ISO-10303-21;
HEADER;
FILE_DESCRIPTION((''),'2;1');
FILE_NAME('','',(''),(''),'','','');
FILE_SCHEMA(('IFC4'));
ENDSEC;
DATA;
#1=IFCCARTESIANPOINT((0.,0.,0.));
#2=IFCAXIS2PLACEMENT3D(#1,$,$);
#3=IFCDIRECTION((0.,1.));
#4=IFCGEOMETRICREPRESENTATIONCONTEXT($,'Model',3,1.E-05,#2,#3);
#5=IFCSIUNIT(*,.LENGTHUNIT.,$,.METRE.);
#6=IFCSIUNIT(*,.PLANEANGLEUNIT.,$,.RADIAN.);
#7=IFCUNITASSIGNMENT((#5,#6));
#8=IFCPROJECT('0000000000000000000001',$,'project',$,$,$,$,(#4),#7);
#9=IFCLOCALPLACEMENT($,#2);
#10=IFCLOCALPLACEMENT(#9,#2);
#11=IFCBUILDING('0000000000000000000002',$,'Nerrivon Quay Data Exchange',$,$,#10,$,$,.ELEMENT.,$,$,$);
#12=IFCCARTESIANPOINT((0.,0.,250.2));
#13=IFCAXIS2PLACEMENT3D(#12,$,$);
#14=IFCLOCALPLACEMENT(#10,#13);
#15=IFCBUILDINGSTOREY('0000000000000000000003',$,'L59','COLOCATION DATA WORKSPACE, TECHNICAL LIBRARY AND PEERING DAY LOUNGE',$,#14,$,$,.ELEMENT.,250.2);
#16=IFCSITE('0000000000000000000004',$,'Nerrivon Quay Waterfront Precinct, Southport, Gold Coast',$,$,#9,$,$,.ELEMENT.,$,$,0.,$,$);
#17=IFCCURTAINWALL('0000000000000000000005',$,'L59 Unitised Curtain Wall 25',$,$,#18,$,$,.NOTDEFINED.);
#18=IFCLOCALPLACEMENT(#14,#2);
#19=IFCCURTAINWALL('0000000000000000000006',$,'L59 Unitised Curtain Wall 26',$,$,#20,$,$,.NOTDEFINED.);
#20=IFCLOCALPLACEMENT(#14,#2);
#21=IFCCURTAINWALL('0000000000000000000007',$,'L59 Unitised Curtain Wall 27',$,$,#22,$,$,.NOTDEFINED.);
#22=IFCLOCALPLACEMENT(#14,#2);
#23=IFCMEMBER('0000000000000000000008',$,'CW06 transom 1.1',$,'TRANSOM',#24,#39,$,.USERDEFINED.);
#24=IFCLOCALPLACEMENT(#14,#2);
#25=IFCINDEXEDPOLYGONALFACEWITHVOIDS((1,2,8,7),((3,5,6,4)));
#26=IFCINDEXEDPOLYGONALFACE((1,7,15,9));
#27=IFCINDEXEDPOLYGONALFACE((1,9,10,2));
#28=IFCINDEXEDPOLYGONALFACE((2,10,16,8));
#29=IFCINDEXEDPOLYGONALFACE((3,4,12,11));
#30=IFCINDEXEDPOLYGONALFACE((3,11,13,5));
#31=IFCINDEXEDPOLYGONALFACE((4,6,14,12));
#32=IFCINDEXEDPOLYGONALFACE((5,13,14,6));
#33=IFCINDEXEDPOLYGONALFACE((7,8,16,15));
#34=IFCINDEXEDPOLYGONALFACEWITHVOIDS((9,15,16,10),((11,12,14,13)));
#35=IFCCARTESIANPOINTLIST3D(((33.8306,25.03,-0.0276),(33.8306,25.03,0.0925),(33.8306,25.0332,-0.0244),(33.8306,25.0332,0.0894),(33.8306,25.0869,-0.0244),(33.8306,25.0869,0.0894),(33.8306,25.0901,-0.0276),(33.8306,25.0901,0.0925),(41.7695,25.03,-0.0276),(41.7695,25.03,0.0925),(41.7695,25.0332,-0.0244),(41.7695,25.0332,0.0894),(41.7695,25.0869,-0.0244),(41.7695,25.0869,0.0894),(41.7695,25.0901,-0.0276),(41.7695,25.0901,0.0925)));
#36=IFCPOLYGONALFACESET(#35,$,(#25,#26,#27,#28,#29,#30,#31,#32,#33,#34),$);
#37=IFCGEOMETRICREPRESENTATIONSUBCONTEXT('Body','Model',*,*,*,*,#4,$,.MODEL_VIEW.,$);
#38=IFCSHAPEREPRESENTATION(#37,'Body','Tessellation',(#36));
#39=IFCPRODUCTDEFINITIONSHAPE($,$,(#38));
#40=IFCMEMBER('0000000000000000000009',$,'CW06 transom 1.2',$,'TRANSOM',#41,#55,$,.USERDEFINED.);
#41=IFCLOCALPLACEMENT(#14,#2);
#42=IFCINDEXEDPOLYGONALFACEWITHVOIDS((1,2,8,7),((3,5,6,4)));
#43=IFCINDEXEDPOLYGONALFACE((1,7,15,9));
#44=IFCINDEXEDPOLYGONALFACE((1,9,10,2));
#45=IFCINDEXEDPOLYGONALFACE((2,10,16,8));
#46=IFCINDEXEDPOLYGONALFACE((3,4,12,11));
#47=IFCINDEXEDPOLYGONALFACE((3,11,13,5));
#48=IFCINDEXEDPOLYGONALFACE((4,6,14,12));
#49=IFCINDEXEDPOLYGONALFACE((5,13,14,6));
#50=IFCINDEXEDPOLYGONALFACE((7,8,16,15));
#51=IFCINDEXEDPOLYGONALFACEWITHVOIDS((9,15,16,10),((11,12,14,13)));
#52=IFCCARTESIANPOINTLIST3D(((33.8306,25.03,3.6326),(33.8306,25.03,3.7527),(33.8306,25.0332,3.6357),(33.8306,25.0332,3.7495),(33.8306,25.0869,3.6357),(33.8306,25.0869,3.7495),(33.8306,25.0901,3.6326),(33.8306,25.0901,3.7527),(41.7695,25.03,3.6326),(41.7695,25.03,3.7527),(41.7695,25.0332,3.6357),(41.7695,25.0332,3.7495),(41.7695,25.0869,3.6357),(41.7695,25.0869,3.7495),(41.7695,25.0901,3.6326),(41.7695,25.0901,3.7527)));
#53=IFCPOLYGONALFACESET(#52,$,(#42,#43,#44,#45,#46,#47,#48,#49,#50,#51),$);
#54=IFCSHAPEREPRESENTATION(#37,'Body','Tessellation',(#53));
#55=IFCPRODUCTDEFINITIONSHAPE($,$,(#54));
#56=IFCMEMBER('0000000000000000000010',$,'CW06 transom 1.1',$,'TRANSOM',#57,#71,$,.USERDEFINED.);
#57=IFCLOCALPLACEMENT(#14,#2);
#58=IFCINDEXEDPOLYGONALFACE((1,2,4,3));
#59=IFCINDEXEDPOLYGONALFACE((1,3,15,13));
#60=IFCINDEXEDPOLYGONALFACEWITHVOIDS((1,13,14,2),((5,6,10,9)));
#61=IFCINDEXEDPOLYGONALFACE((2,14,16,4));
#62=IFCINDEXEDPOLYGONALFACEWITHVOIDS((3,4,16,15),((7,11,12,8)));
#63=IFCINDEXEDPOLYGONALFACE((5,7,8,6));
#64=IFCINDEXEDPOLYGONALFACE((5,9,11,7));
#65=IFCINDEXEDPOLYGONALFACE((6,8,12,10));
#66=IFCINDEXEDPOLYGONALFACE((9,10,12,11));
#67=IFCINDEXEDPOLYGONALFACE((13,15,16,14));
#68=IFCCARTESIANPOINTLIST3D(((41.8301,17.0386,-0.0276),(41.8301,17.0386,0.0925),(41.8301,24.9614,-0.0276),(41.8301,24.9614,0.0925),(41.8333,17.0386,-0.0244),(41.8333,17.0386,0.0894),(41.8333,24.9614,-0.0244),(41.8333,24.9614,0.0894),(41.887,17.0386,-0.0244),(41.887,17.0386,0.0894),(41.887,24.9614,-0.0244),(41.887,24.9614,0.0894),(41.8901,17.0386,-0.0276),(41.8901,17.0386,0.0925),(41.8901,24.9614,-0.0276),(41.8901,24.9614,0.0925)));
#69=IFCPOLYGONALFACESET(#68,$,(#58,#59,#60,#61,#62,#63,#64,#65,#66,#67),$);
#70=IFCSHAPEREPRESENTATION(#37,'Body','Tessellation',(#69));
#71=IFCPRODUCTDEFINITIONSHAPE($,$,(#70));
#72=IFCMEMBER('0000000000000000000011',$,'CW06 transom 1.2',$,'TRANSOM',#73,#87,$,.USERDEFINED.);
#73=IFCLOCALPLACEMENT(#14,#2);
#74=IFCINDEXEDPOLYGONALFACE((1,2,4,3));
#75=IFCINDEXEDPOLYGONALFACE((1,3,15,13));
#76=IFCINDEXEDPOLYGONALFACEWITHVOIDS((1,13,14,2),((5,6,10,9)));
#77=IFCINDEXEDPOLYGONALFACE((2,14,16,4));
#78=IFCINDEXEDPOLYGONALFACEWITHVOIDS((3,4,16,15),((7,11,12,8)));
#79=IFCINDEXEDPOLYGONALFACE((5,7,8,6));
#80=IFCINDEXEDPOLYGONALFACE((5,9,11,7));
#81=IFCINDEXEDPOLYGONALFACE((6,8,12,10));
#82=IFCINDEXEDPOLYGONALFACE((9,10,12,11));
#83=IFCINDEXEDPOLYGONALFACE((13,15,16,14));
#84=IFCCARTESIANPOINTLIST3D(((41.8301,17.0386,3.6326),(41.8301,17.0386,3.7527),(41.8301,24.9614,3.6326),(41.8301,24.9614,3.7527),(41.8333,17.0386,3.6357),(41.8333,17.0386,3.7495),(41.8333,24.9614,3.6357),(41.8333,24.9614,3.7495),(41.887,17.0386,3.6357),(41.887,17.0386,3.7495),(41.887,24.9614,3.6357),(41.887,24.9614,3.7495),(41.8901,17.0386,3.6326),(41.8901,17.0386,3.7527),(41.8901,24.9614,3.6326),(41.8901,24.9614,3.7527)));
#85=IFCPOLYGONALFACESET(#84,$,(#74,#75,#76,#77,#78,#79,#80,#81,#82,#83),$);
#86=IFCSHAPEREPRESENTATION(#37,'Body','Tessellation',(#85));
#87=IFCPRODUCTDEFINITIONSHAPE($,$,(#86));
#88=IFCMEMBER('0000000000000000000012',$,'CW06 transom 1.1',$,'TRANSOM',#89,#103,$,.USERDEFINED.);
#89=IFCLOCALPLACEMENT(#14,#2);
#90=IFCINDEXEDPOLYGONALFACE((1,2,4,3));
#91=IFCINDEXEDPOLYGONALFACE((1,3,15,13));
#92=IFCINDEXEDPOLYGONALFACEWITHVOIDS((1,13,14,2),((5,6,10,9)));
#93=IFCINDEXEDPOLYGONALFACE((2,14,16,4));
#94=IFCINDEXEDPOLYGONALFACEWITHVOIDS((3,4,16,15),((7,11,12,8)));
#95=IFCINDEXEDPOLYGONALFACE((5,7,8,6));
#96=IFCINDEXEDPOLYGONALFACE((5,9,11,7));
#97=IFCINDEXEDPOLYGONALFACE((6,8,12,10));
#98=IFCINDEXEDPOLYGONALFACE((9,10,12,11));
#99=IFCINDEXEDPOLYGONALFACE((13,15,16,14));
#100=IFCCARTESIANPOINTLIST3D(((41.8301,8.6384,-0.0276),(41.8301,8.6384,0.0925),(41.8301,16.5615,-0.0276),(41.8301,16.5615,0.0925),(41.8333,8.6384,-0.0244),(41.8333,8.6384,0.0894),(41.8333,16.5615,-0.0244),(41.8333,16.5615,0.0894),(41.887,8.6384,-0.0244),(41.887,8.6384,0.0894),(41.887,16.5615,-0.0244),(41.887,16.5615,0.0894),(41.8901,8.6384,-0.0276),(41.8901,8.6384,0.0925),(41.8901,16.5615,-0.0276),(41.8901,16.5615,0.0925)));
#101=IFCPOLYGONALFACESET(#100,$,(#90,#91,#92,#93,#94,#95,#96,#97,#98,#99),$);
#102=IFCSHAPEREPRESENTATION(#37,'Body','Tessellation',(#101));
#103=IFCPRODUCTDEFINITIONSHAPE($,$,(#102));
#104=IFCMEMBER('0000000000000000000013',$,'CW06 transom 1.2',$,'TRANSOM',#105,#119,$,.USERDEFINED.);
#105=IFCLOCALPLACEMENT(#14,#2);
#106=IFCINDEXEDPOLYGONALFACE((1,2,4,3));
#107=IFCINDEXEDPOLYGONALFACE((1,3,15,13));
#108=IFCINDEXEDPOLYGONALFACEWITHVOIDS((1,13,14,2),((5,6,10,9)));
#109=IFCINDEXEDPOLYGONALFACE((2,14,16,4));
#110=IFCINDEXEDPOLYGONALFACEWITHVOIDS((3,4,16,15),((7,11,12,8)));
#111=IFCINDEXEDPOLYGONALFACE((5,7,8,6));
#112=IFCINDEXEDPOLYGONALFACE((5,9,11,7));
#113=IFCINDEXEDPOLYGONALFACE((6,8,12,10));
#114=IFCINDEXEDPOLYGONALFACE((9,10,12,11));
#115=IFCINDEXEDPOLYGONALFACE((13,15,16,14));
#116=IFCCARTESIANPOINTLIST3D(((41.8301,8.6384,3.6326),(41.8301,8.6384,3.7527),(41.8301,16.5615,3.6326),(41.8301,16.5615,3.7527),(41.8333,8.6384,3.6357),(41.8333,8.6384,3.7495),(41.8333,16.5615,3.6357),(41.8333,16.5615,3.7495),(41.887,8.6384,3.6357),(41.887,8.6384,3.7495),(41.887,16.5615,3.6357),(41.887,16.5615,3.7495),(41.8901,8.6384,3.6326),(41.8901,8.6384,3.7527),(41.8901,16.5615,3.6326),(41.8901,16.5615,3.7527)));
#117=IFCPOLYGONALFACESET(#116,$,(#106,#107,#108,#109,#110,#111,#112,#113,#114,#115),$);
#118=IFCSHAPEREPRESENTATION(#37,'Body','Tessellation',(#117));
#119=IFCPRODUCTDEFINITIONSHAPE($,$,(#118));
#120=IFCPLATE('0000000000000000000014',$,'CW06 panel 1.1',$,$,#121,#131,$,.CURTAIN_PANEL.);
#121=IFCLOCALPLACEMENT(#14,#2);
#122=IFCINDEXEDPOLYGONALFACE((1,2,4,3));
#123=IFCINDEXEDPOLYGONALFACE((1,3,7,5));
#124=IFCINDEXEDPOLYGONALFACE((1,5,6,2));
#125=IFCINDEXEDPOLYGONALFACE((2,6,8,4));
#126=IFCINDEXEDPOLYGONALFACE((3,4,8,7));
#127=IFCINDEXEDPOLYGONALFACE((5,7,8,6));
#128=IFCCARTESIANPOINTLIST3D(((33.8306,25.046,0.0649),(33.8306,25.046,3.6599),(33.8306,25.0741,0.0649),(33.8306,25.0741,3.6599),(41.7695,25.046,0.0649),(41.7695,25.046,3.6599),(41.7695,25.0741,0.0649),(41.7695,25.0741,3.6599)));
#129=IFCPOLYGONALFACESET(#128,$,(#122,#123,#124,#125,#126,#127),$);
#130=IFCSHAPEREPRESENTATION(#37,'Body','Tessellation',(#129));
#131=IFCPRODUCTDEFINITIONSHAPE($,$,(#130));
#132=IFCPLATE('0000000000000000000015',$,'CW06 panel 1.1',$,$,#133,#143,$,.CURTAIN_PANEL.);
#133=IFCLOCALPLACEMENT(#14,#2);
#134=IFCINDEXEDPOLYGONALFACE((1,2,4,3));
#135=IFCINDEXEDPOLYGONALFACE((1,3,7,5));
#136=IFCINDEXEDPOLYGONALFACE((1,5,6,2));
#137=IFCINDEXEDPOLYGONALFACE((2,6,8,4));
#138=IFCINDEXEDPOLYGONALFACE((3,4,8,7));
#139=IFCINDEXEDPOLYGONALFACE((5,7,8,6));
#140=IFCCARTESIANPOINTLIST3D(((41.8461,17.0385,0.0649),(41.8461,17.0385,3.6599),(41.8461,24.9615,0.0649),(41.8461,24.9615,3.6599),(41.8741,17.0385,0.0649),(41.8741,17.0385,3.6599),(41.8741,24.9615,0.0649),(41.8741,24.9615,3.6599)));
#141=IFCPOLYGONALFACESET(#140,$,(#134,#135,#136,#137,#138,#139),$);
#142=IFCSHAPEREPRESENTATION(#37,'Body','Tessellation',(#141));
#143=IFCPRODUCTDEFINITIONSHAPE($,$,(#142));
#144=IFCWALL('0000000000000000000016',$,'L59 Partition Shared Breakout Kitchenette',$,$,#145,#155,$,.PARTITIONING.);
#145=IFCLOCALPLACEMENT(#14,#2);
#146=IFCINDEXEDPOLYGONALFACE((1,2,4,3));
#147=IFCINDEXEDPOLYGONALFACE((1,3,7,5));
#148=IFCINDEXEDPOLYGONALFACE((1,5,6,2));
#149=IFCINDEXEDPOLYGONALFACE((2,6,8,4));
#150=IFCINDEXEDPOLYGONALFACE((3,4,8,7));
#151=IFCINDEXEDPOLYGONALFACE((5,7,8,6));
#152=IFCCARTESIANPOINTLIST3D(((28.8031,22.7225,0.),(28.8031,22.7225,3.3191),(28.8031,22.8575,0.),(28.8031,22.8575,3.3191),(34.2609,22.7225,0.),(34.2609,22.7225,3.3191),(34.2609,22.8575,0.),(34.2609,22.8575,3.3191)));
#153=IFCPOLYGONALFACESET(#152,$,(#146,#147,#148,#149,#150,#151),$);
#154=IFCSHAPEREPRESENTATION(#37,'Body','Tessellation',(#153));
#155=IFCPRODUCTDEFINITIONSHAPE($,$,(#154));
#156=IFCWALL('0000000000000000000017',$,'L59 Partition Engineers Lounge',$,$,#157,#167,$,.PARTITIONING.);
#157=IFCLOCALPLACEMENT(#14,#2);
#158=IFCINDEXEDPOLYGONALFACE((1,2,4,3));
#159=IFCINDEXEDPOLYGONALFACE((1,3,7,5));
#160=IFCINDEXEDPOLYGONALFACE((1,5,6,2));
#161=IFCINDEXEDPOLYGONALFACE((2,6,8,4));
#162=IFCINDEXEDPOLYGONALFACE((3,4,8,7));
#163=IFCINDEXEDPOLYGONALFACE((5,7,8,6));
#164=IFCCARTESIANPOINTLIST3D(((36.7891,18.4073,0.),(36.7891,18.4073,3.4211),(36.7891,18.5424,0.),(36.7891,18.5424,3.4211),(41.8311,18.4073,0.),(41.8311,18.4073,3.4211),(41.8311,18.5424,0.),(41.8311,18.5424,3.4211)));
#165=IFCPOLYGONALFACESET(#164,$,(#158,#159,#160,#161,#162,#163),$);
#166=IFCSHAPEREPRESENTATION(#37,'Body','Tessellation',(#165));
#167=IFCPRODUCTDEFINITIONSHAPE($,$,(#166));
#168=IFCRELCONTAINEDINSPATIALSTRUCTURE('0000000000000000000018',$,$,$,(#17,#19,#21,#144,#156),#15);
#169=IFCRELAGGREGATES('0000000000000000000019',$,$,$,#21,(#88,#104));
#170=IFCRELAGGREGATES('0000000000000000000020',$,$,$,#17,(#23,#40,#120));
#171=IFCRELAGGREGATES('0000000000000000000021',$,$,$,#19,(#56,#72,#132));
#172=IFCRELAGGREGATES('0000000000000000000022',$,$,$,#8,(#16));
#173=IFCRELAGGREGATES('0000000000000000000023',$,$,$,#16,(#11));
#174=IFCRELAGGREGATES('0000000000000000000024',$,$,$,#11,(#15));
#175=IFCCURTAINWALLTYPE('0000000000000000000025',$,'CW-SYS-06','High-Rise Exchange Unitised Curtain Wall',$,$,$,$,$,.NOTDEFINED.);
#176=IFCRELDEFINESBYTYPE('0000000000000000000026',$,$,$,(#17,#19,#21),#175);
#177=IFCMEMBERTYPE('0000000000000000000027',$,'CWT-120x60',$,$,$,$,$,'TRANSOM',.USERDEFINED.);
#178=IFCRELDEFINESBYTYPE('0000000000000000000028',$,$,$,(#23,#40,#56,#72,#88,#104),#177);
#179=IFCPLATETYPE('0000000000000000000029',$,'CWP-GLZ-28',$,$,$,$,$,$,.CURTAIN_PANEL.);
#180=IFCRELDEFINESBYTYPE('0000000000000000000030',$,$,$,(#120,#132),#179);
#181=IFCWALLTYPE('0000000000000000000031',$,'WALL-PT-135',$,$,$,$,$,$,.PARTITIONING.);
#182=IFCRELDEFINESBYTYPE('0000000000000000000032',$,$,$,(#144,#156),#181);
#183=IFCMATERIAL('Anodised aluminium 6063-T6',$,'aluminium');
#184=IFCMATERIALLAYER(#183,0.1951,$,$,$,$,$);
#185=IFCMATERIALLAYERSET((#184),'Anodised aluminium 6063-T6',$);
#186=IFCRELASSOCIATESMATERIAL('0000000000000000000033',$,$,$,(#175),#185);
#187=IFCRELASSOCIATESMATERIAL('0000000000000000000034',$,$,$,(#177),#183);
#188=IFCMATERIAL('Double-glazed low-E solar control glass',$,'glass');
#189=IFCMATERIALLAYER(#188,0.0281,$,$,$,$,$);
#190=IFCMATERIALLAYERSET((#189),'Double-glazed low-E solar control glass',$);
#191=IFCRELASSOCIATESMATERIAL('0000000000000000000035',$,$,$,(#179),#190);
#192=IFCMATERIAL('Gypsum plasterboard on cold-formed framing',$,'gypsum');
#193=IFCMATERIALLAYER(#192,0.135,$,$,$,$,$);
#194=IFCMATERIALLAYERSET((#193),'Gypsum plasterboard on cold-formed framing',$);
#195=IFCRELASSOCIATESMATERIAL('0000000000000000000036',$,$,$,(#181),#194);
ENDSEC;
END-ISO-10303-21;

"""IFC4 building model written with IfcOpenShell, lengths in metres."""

from ifc_helpers import new_model, si_unit, direction, frame, frame_2d, origin, origin_2d, place, context, subcontext, project, spatial, rectangle, hollow_rectangle, extrude, material, layer, layer_set, material_profile, profile_set, type_object, element, aggregate, save


model = new_model("IFC4")

# Units and contexts
model_context = context("Model", 3, precision=1e-05, world=origin(), true_north=direction((0.0, 1.0)))
body_context = subcontext(model_context, "Body", "Model", "MODEL_VIEW")
ifc_project = project(units=[si_unit("LENGTHUNIT", "METRE"), si_unit("PLANEANGLEUNIT", "RADIAN")], contexts=[model_context])

# Site, building, storey
site_placement = place(None, origin())
site = spatial("IfcSite", under=ifc_project, at=site_placement, Name="Nerrivon Quay Waterfront Precinct, Southport, Gold Coast", CompositionType="ELEMENT", RefElevation=0.0)
building_placement = place(site_placement, origin())
building = spatial("IfcBuilding", under=site, at=building_placement, Name="Nerrivon Quay Data Exchange", CompositionType="ELEMENT")
storey_placement = place(building_placement, frame((0.0, 0.0, 250.2)))
storey = spatial("IfcBuildingStorey", under=building, at=storey_placement, Name="L59", Description="COLOCATION DATA WORKSPACE, TECHNICAL LIBRARY AND PEERING DAY LOUNGE", CompositionType="ELEMENT", Elevation=250.2)

# Curtain wall
ifc_material_1 = material(Name="Anodised aluminium 6063-T6", Category="aluminium")
ifc_layer_1 = layer(ifc_material_1, 0.1951)
ifc_layer_set_1 = layer_set([ifc_layer_1], Name="Anodised aluminium 6063-T6")
curtain_wall_type = type_object("IfcCurtainWallType", Name="CW-SYS-06", Description="High-Rise Exchange Unitised Curtain Wall", PredefinedType="NOTDEFINED", material=ifc_layer_set_1)
curtain_wall_1_placement = place(storey_placement, origin())
curtain_wall_1 = element("IfcCurtainWall", 1, at=curtain_wall_1_placement, inside=storey, type_object=curtain_wall_type, Name="L59 Unitised Curtain Wall 25", PredefinedType="NOTDEFINED")

# Curtain wall
curtain_wall_2_placement = place(storey_placement, origin())
curtain_wall_2 = element("IfcCurtainWall", 2, at=curtain_wall_2_placement, inside=storey, type_object=curtain_wall_type, Name="L59 Unitised Curtain Wall 26", PredefinedType="NOTDEFINED")

# Curtain wall
curtain_wall_3_placement = place(storey_placement, origin())
curtain_wall_3 = element("IfcCurtainWall", 3, at=curtain_wall_3_placement, inside=storey, type_object=curtain_wall_type, Name="L59 Unitised Curtain Wall 27", PredefinedType="NOTDEFINED")

# Members
ifc_material_profile_1 = material_profile(ifc_material_1, hollow_rectangle(XDim=0.0601, YDim=0.1201, WallThickness=0.0032, at=origin_2d()), Name="ALU-TRAN-120x60")
ifc_profile_set_1 = profile_set([ifc_material_profile_1], Name="Anodised aluminium 6063-T6")
member_type_1 = type_object("IfcMemberType", Name="CWT-120x60", ElementType="TRANSOM", PredefinedType="USERDEFINED", material=ifc_profile_set_1)
member_1_placement = place(storey_placement, frame((33.8306, 25.0601, 0.0325), z_axis=(1.0, 0.0, 0.0), x_axis=(0.0, 1.0, 0.0)))
member_1 = element("IfcMember", 4, at=member_1_placement, type_object=member_type_1, Name="CW06 transom 1.1", ObjectType="TRANSOM", PredefinedType="USERDEFINED", context=body_context, shape_type="SweptSolid", body=[
    extrude(hollow_rectangle(XDim=0.0601, YDim=0.1201, WallThickness=0.0032, at=origin_2d()), origin(), (0.0, 0.0, 1.0), 7.939),
])
member_2_placement = place(storey_placement, frame((33.8306, 25.0601, 3.6926), z_axis=(1.0, 0.0, 0.0), x_axis=(0.0, 1.0, 0.0)))
member_2 = element("IfcMember", 5, at=member_2_placement, type_object=member_type_1, Name="CW06 transom 1.2", ObjectType="TRANSOM", PredefinedType="USERDEFINED", context=body_context, shape_type="SweptSolid", body=[
    extrude(hollow_rectangle(XDim=0.0601, YDim=0.1201, WallThickness=0.0032, at=origin_2d()), origin(), (0.0, 0.0, 1.0), 7.939),
])
member_3_placement = place(storey_placement, frame((41.8601, 24.9614, 0.0325), z_axis=(0.0, -1.0, 0.0), x_axis=(1.0, 0.0, 0.0)))
member_3 = element("IfcMember", 6, at=member_3_placement, type_object=member_type_1, Name="CW06 transom 1.1", ObjectType="TRANSOM", PredefinedType="USERDEFINED", context=body_context, shape_type="SweptSolid", body=[
    extrude(hollow_rectangle(XDim=0.0601, YDim=0.1201, WallThickness=0.0032, at=origin_2d()), origin(), (0.0, 0.0, 1.0), 7.9229),
])
member_4_placement = place(storey_placement, frame((41.8601, 24.9614, 3.6926), z_axis=(0.0, -1.0, 0.0), x_axis=(1.0, 0.0, 0.0)))
member_4 = element("IfcMember", 7, at=member_4_placement, type_object=member_type_1, Name="CW06 transom 1.2", ObjectType="TRANSOM", PredefinedType="USERDEFINED", context=body_context, shape_type="SweptSolid", body=[
    extrude(hollow_rectangle(XDim=0.0601, YDim=0.1201, WallThickness=0.0032, at=origin_2d()), origin(), (0.0, 0.0, 1.0), 7.9229),
])
member_5_placement = place(storey_placement, frame((41.8601, 16.5615, 0.0325), z_axis=(0.0, -1.0, 0.0), x_axis=(1.0, 0.0, 0.0)))
member_5 = element("IfcMember", 8, at=member_5_placement, type_object=member_type_1, Name="CW06 transom 1.1", ObjectType="TRANSOM", PredefinedType="USERDEFINED", context=body_context, shape_type="SweptSolid", body=[
    extrude(hollow_rectangle(XDim=0.0601, YDim=0.1201, WallThickness=0.0032, at=origin_2d()), origin(), (0.0, 0.0, 1.0), 7.9231),
])
member_6_placement = place(storey_placement, frame((41.8601, 16.5615, 3.6926), z_axis=(0.0, -1.0, 0.0), x_axis=(1.0, 0.0, 0.0)))
member_6 = element("IfcMember", 9, at=member_6_placement, type_object=member_type_1, Name="CW06 transom 1.2", ObjectType="TRANSOM", PredefinedType="USERDEFINED", context=body_context, shape_type="SweptSolid", body=[
    extrude(hollow_rectangle(XDim=0.0601, YDim=0.1201, WallThickness=0.0032, at=origin_2d()), origin(), (0.0, 0.0, 1.0), 7.9231),
])
aggregate(curtain_wall_3, [member_5, member_6])

# Plates
ifc_material_2 = material(Name="Double-glazed low-E solar control glass", Category="glass")
ifc_layer_2 = layer(ifc_material_2, 0.0281)
ifc_layer_set_2 = layer_set([ifc_layer_2], Name="Double-glazed low-E solar control glass")
plate_type = type_object("IfcPlateType", Name="CWP-GLZ-28", PredefinedType="CURTAIN_PANEL", material=ifc_layer_set_2)
plate_1_placement = place(storey_placement, frame((37.8, 25.0601, 0.0649), z_axis=(0.0, 0.0, 1.0), x_axis=(1.0, 0.0, 0.0)))
plate_1 = element("IfcPlate", 10, at=plate_1_placement, type_object=plate_type, Name="CW06 panel 1.1", PredefinedType="CURTAIN_PANEL", context=body_context, shape_type="SweptSolid", body=[
    extrude(rectangle(XDim=7.939, YDim=0.0281, at=origin_2d()), origin(), (0.0, 0.0, 1.0), 3.595),
])
aggregate(curtain_wall_1, [member_1, member_2, plate_1])
plate_2_placement = place(storey_placement, frame((41.8601, 21.0, 0.0649), z_axis=(0.0, 0.0, 1.0), x_axis=(0.0, -1.0, 0.0)))
plate_2 = element("IfcPlate", 11, at=plate_2_placement, type_object=plate_type, Name="CW06 panel 1.1", PredefinedType="CURTAIN_PANEL", context=body_context, shape_type="SweptSolid", body=[
    extrude(rectangle(XDim=7.9231, YDim=0.0281, at=origin_2d()), origin(), (0.0, 0.0, 1.0), 3.595),
])
aggregate(curtain_wall_2, [member_3, member_4, plate_2])

# Walls
ifc_material_3 = material(Name="Gypsum plasterboard on cold-formed framing", Category="gypsum")
ifc_layer_3 = layer(ifc_material_3, 0.135)
ifc_layer_set_3 = layer_set([ifc_layer_3], Name="Gypsum plasterboard on cold-formed framing")
wall_type_1 = type_object("IfcWallType", Name="WALL-PT-135", PredefinedType="PARTITIONING", material=ifc_layer_set_3)
wall_1_placement = place(storey_placement, frame((34.261, 22.79, 0.0), z_axis=(0.0, 0.0, 1.0), x_axis=(-1.0, 0.0, 0.0)))
element("IfcWall", 12, at=wall_1_placement, inside=storey, type_object=wall_type_1, Name="L59 Partition Shared Breakout Kitchenette", PredefinedType="PARTITIONING", context=body_context, shape_type="SweptSolid", body=[
    extrude(rectangle(XDim=5.4578, YDim=0.135, at=frame_2d((2.729, 0.0))), origin(), (0.0, 0.0, 1.0), 3.3191),
])
wall_2_placement = place(storey_placement, frame((36.7891, 18.4749, 0.0), z_axis=(0.0, 0.0, 1.0), x_axis=(1.0, 0.0, 0.0)))
element("IfcWall", 13, at=wall_2_placement, inside=storey, type_object=wall_type_1, Name="L59 Partition Engineers Lounge", PredefinedType="PARTITIONING", context=body_context, shape_type="SweptSolid", body=[
    extrude(rectangle(XDim=5.042, YDim=0.135, at=frame_2d((2.521, 0.0))), origin(), (0.0, 0.0, 1.0), 3.4211),
])

save(model, "model.ifc")
